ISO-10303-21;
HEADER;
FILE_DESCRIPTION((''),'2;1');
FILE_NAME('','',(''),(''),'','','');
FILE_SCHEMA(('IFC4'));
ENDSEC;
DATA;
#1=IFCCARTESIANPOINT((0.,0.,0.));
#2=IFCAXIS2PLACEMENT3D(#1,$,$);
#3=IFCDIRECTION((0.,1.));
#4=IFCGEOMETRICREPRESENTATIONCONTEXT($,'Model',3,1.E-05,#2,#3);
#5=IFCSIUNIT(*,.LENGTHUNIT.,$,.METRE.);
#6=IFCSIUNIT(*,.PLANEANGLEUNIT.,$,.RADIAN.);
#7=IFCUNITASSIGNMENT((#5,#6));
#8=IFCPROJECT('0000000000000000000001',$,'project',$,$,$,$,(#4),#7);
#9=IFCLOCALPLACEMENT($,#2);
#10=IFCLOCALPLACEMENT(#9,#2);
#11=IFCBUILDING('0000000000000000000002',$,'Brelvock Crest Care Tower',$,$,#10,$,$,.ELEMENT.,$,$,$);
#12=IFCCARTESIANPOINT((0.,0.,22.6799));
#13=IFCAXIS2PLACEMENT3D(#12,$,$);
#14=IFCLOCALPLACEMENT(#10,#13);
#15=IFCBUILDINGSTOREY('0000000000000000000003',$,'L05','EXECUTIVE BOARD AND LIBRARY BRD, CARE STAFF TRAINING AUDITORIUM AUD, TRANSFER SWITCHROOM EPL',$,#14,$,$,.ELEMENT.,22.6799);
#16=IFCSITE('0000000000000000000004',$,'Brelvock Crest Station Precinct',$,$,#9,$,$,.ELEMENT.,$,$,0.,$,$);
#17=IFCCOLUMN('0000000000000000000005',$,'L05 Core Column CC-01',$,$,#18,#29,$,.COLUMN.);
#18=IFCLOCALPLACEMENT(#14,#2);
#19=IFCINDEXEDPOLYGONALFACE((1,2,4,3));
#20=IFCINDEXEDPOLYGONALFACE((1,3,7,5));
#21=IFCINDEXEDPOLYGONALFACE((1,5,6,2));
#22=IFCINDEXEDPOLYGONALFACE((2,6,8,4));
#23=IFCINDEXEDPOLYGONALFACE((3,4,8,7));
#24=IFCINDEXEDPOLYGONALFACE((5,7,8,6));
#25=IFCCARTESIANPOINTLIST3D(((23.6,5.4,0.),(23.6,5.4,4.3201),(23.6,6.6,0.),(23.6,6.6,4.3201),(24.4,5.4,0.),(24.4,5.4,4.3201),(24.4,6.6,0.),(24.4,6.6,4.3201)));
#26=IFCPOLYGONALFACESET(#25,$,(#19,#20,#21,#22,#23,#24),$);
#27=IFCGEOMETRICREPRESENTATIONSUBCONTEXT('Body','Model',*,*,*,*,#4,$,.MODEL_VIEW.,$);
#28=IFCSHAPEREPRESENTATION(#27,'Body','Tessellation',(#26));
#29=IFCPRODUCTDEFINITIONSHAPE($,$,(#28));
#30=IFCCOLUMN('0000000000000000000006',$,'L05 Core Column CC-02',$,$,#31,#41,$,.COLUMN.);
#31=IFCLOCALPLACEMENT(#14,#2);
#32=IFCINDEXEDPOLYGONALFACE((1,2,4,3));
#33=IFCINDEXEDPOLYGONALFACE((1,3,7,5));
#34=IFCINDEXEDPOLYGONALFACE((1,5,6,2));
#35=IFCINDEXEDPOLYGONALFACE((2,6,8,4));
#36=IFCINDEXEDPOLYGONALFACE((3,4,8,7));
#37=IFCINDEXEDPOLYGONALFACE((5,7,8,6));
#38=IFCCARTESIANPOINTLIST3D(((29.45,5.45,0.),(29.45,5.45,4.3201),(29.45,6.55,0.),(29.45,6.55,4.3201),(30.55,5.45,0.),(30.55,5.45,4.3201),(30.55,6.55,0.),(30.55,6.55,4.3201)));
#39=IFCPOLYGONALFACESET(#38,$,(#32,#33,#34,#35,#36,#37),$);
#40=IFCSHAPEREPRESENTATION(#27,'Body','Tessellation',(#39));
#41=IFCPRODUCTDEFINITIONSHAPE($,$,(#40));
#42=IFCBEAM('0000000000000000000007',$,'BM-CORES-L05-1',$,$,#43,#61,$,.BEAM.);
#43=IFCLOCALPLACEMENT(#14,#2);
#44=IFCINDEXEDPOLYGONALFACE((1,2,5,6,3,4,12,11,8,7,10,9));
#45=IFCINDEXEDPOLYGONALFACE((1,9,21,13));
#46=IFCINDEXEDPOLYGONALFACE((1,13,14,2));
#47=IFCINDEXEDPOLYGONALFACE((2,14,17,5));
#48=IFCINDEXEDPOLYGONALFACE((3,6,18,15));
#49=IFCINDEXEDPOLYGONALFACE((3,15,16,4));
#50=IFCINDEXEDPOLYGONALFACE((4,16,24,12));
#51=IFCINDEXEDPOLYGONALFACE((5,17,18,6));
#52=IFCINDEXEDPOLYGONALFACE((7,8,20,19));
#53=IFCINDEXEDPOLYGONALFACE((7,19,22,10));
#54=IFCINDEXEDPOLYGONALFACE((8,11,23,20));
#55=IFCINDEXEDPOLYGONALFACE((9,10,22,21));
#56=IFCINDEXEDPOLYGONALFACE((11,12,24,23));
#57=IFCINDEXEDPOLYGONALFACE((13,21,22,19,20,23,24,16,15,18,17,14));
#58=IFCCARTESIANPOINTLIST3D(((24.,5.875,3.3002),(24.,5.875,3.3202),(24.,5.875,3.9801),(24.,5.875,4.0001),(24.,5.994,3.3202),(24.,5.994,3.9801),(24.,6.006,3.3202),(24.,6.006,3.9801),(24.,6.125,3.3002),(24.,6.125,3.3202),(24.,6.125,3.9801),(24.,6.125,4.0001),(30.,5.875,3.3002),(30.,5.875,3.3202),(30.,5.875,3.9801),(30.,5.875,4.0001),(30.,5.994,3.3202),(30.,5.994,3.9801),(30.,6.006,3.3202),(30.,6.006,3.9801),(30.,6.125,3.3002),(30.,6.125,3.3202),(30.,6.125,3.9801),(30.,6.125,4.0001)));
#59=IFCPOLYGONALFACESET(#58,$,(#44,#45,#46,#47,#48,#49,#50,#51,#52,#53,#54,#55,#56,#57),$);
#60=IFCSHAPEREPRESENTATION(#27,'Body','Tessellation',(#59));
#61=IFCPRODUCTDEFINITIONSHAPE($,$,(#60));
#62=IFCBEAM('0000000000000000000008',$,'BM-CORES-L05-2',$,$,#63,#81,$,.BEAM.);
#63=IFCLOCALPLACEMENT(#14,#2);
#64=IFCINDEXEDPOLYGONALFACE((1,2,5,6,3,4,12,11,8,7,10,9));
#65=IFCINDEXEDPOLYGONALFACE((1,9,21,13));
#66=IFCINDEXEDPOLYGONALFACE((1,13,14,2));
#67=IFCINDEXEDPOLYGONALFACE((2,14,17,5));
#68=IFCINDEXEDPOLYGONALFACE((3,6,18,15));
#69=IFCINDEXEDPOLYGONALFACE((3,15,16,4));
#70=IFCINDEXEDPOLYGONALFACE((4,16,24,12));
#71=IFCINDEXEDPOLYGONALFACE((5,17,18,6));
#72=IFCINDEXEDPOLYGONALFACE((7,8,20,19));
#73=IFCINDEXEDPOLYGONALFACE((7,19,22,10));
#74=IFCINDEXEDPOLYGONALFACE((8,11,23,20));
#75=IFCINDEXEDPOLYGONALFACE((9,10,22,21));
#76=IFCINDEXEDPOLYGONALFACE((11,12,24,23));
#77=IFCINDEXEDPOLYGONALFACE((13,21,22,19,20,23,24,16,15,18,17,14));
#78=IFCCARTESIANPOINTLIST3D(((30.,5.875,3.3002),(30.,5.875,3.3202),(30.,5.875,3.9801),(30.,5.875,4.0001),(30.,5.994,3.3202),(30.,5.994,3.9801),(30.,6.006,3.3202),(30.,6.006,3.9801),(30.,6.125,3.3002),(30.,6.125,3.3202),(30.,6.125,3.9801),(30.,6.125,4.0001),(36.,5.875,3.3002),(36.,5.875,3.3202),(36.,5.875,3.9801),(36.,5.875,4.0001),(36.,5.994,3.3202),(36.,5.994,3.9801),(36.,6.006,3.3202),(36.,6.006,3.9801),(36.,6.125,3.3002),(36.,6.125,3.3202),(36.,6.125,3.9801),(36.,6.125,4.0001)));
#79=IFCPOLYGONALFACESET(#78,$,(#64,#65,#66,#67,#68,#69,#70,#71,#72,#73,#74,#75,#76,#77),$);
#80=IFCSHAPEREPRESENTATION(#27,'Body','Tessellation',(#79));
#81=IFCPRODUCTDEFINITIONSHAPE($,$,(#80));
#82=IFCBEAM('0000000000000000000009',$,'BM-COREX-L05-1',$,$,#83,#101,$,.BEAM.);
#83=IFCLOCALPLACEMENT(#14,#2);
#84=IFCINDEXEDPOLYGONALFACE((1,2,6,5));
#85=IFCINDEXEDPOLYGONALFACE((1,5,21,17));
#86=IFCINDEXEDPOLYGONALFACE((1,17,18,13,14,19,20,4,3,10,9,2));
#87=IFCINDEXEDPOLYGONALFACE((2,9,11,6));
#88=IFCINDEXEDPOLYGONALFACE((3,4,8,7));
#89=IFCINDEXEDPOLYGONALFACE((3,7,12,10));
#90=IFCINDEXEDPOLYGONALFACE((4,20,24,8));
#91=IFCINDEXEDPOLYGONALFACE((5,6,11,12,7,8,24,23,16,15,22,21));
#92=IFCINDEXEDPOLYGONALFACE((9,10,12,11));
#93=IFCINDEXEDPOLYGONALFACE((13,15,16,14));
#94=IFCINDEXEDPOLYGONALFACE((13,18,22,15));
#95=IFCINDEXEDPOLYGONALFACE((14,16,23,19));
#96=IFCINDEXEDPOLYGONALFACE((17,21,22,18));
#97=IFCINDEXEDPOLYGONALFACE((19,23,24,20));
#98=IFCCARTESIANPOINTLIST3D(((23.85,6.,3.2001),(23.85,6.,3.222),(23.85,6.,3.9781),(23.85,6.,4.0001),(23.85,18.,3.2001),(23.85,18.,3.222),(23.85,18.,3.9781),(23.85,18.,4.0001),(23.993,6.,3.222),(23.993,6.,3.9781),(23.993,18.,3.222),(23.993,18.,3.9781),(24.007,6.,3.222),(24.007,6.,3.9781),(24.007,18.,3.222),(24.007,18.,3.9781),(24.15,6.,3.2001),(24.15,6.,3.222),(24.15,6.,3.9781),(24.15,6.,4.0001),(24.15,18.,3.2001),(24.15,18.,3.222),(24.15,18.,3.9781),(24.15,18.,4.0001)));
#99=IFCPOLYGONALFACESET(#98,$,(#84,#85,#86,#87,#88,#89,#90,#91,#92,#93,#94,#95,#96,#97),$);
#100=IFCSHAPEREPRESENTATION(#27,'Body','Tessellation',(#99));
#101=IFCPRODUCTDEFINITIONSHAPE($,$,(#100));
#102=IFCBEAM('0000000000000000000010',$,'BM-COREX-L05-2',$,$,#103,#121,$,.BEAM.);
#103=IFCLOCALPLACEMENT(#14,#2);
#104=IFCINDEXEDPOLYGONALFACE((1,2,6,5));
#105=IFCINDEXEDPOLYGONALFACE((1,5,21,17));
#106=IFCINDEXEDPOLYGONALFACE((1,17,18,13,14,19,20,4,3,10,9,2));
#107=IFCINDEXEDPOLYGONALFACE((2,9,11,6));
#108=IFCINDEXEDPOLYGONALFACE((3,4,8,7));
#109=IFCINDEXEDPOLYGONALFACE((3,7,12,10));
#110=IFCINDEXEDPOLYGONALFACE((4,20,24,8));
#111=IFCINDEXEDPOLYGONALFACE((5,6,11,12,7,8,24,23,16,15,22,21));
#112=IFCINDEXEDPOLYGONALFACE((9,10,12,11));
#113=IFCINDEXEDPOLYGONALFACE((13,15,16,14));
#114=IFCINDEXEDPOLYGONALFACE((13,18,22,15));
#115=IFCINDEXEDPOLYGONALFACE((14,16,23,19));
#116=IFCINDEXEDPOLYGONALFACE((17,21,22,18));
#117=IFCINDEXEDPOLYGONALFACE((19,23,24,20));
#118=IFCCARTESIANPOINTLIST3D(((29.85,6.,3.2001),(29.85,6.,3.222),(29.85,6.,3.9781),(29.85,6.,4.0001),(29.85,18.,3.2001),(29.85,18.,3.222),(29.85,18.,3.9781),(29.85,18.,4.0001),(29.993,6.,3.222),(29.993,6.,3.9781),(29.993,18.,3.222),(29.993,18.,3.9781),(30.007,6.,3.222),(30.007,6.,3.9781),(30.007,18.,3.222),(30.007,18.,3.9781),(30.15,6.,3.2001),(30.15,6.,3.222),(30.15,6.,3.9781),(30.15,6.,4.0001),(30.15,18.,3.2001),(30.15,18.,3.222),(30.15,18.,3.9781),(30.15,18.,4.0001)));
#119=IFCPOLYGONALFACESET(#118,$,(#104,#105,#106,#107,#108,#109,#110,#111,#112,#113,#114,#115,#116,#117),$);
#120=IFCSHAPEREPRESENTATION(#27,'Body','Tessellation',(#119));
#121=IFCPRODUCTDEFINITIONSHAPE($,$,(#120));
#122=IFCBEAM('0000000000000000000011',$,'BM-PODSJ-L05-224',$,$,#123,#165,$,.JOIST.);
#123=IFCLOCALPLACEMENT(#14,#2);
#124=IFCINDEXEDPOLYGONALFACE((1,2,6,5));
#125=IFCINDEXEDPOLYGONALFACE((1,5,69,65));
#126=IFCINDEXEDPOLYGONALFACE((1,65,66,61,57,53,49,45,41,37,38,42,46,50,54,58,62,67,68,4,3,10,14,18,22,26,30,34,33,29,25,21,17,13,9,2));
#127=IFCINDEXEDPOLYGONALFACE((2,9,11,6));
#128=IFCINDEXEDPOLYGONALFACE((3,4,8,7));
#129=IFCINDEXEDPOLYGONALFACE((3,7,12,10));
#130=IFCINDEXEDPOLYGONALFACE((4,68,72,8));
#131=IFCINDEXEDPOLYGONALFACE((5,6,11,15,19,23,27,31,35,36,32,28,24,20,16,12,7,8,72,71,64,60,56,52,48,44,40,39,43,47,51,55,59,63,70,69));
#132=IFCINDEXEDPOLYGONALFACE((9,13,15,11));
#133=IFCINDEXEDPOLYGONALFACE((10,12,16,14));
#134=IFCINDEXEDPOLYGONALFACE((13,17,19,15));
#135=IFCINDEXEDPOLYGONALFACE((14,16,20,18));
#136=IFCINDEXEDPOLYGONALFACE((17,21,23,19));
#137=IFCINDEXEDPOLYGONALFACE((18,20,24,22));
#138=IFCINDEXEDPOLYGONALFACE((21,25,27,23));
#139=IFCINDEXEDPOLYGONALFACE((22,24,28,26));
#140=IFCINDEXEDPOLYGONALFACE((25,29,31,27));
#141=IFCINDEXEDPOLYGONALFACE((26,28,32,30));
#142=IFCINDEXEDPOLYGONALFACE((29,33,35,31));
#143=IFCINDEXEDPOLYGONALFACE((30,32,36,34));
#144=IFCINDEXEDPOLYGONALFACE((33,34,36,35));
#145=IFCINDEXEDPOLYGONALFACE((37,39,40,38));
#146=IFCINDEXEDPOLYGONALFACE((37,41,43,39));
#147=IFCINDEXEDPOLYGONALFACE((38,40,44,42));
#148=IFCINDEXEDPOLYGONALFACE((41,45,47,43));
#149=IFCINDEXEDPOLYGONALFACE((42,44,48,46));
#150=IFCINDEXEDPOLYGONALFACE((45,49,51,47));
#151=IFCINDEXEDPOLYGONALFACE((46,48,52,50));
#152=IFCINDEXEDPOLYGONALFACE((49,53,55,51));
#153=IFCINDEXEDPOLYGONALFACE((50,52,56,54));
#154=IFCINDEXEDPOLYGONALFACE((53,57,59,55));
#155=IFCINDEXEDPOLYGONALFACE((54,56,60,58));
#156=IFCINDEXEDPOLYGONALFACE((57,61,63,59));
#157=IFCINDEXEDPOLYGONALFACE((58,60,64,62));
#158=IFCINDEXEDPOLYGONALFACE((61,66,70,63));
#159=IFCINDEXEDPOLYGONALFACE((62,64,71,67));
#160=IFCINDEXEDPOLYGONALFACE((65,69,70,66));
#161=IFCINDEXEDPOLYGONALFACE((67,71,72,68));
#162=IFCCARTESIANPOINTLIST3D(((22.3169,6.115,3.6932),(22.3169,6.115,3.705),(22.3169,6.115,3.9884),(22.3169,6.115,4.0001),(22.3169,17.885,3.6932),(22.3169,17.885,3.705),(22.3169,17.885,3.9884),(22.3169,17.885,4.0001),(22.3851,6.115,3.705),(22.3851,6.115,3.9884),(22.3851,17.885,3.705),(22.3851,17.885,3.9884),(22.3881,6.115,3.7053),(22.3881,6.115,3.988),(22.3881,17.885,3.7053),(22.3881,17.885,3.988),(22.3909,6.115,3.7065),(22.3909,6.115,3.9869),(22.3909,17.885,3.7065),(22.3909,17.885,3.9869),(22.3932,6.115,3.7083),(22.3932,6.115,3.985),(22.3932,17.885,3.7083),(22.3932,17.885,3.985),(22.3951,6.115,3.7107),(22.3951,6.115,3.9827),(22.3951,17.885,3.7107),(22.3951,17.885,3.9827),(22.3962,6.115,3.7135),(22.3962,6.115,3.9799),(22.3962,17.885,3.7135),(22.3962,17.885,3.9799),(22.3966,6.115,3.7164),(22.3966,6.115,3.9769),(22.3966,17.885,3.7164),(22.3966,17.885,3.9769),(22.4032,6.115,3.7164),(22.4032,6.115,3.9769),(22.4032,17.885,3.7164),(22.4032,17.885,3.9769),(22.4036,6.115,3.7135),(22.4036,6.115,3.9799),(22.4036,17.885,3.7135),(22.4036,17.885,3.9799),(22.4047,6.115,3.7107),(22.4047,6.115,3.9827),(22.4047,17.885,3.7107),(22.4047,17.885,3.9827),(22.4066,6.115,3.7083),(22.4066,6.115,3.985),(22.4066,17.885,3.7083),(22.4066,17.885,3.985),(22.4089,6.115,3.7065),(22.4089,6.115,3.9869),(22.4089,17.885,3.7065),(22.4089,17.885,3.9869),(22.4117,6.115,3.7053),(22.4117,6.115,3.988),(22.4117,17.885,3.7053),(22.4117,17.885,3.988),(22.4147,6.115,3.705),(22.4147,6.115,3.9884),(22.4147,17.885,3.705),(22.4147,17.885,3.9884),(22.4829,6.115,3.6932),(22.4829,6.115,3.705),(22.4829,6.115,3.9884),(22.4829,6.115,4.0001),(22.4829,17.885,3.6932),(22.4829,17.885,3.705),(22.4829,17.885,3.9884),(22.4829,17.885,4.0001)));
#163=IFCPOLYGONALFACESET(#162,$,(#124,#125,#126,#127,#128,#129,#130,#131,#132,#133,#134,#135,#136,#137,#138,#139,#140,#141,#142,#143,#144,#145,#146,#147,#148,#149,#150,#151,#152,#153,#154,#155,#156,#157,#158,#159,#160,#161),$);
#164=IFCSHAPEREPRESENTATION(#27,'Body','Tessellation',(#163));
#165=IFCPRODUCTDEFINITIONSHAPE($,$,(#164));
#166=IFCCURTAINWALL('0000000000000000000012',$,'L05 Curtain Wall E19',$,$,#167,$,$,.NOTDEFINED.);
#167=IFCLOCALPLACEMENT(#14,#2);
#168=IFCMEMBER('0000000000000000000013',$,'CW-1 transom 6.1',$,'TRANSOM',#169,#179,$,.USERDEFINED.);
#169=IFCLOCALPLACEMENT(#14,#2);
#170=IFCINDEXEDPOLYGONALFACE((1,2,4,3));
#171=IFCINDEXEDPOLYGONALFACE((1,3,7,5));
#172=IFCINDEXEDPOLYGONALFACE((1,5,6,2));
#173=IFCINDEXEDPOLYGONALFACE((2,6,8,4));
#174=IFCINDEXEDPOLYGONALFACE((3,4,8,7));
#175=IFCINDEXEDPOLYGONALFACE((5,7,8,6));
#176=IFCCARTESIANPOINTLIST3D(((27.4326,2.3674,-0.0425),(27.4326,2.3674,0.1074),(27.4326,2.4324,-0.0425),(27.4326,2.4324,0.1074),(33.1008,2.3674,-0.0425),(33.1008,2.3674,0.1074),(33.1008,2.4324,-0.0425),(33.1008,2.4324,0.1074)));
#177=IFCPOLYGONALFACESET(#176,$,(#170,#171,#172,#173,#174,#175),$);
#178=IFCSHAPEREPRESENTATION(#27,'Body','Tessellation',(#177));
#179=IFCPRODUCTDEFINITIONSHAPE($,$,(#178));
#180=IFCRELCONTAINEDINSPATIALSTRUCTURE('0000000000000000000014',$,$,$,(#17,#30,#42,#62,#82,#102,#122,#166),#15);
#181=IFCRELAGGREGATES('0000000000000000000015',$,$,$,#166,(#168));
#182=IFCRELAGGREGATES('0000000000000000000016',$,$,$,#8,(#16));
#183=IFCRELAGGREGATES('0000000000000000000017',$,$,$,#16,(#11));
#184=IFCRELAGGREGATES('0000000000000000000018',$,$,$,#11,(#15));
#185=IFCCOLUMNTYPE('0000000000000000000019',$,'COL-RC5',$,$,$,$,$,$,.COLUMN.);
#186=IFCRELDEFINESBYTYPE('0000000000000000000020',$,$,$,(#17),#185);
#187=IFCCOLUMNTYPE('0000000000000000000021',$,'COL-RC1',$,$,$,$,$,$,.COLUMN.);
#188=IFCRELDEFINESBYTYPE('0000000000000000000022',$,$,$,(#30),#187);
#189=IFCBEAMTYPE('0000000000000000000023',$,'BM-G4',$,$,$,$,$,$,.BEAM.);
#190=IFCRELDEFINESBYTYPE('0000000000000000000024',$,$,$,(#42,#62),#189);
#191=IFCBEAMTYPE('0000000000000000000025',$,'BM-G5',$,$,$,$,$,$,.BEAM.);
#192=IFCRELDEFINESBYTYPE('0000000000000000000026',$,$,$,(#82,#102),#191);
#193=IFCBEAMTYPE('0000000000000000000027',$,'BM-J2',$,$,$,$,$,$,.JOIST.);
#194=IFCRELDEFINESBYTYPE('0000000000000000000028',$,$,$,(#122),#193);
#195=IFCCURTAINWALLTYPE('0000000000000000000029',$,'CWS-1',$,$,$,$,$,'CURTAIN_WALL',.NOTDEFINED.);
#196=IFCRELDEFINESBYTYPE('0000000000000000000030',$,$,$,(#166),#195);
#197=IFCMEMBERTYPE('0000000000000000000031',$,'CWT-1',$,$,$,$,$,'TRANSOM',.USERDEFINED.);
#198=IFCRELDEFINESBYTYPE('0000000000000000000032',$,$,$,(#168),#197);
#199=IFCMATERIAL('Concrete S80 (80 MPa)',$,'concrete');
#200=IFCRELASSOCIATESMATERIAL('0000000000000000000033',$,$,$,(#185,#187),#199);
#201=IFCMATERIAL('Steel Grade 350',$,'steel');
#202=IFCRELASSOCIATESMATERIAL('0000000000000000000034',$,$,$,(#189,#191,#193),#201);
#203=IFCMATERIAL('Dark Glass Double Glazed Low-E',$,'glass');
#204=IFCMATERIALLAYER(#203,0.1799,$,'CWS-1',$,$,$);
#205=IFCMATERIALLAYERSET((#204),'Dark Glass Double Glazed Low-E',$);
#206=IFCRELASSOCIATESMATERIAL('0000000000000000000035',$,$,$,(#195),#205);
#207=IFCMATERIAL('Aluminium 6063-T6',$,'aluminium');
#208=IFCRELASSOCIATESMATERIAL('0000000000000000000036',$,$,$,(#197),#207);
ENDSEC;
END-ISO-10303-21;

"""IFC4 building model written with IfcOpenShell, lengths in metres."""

from ifc_helpers import new_model, si_unit, direction, frame, origin, origin_2d, place, context, subcontext, project, spatial, rectangle, i_section, extrude, source, transform, mapped, material, layer, layer_set, material_profile, profile_set, type_object, element, aggregate, save


model = new_model("IFC4")

# Units and contexts
model_context = context("Model", 3, precision=1e-05, world=origin(), true_north=direction((0.0, 1.0)))
body_context = subcontext(model_context, "Body", "Model", "MODEL_VIEW")
ifc_project = project(units=[si_unit("LENGTHUNIT", "METRE"), si_unit("PLANEANGLEUNIT", "RADIAN")], contexts=[model_context])

# Site, building, storey
site_placement = place(None, origin())
site = spatial("IfcSite", under=ifc_project, at=site_placement, Name="Brelvock Crest Station Precinct", CompositionType="ELEMENT", RefElevation=0.0)
building_placement = place(site_placement, origin())
building = spatial("IfcBuilding", under=site, at=building_placement, Name="Brelvock Crest Care Tower", CompositionType="ELEMENT")
storey_placement = place(building_placement, frame((0.0, 0.0, 22.6799)))
storey = spatial("IfcBuildingStorey", under=building, at=storey_placement, Name="L05", Description="EXECUTIVE BOARD AND LIBRARY BRD, CARE STAFF TRAINING AUDITORIUM AUD, TRANSFER SWITCHROOM EPL", CompositionType="ELEMENT", Elevation=22.6799)

# Columns
ifc_material_1 = material(Name="Concrete S80 (80 MPa)", Category="concrete")
ifc_material_profile_1 = material_profile(ifc_material_1, rectangle(XDim=0.8, YDim=1.2, at=origin_2d()), Name="RC800x1200")
ifc_profile_set_1 = profile_set([ifc_material_profile_1], Name="Concrete S80 (80 MPa)")
column_type_1 = type_object("IfcColumnType", Name="COL-RC5", PredefinedType="COLUMN", material=ifc_profile_set_1)
shared_shape_1 = source(origin(), body_context, "Body", "SweptSolid", [
    extrude(rectangle(XDim=0.8, YDim=1.2, at=origin_2d()), origin(), (0.0, 0.0, 1.0), 4.3201),
])
column_1_placement = place(storey_placement, frame((24.0, 6.0, 0.0), z_axis=(0.0, 0.0, 1.0), x_axis=(1.0, 0.0, 0.0)))
element("IfcColumn", 1, at=column_1_placement, inside=storey, type_object=column_type_1, Name="L05 Core Column CC-01", PredefinedType="COLUMN", context=body_context, shape_type="MappedRepresentation", body=[
    mapped(shared_shape_1, transform((0.0, 0.0, 0.0), x_axis=(1.0, 0.0, 0.0), y_axis=(0.0, 1.0, 0.0), z_axis=(0.0, 0.0, 1.0), scale=1.0)),
])
ifc_material_profile_2 = material_profile(ifc_material_1, rectangle(XDim=1.1001, YDim=1.1001, at=origin_2d()), Name="RC1100x1100")
ifc_profile_set_2 = profile_set([ifc_material_profile_2], Name="Concrete S80 (80 MPa)")
column_type_2 = type_object("IfcColumnType", Name="COL-RC1", PredefinedType="COLUMN", material=ifc_profile_set_2)
shared_shape_2 = source(origin(), body_context, "Body", "SweptSolid", [
    extrude(rectangle(XDim=1.1001, YDim=1.1001, at=origin_2d()), origin(), (0.0, 0.0, 1.0), 4.3201),
])
column_2_placement = place(storey_placement, frame((30.0, 6.0, 0.0), z_axis=(0.0, 0.0, 1.0), x_axis=(1.0, 0.0, 0.0)))
element("IfcColumn", 2, at=column_2_placement, inside=storey, type_object=column_type_2, Name="L05 Core Column CC-02", PredefinedType="COLUMN", context=body_context, shape_type="MappedRepresentation", body=[
    mapped(shared_shape_2, transform((0.0, 0.0, 0.0), x_axis=(1.0, 0.0, 0.0), y_axis=(0.0, 1.0, 0.0), z_axis=(0.0, 0.0, 1.0), scale=1.0)),
])

# Beams
ifc_material_2 = material(Name="Steel Grade 350", Category="steel")
ifc_material_profile_3 = material_profile(ifc_material_2, i_section(OverallWidth=0.25, OverallDepth=0.7, WebThickness=0.012, FlangeThickness=0.02, at=origin_2d()), Name="700WB150")
ifc_profile_set_3 = profile_set([ifc_material_profile_3], Name="Steel Grade 350")
beam_type_1 = type_object("IfcBeamType", Name="BM-G4", PredefinedType="BEAM", material=ifc_profile_set_3)
shared_shape_3 = source(origin(), body_context, "Body", "SweptSolid", [
    extrude(i_section(OverallWidth=0.25, OverallDepth=0.7, WebThickness=0.012, FlangeThickness=0.02, at=origin_2d()), origin(), (0.0, 0.0, 1.0), 6.0),
])
for number, where, z_axis, x_axis, name in (
    (3, (24.0, 6.0, 3.6501), (1.0, 0.0, 0.0), (0.0, 1.0, 0.0), "BM-CORES-L05-1"),
    (4, (30.0, 6.0, 3.6501), (1.0, 0.0, 0.0), (0.0, 1.0, 0.0), "BM-CORES-L05-2"),
):
    element("IfcBeam", number, at=place(storey_placement, frame(where, z_axis=z_axis, x_axis=x_axis)), inside=storey, type_object=beam_type_1, Name=name, PredefinedType="BEAM", context=body_context, shape_type="MappedRepresentation", body=[
        mapped(shared_shape_3, transform((0.0, 0.0, 0.0), x_axis=(1.0, 0.0, 0.0), y_axis=(0.0, 1.0, 0.0), z_axis=(0.0, 0.0, 1.0), scale=1.0)),
    ])
ifc_material_profile_4 = material_profile(ifc_material_2, i_section(OverallWidth=0.3, OverallDepth=0.8, WebThickness=0.0139, FlangeThickness=0.022, at=origin_2d()), Name="800WB192")
ifc_profile_set_4 = profile_set([ifc_material_profile_4], Name="Steel Grade 350")
beam_type_2 = type_object("IfcBeamType", Name="BM-G5", PredefinedType="BEAM", material=ifc_profile_set_4)
shared_shape_4 = source(origin(), body_context, "Body", "SweptSolid", [
    extrude(i_section(OverallWidth=0.3, OverallDepth=0.8, WebThickness=0.0139, FlangeThickness=0.022, at=origin_2d()), origin(), (0.0, 0.0, 1.0), 12.0),
])
for number, where, z_axis, x_axis, name in (
    (5, (24.0, 6.0, 3.6001), (0.0, 1.0, 0.0), (-1.0, 0.0, 0.0), "BM-COREX-L05-1"),
    (6, (30.0, 6.0, 3.6001), (0.0, 1.0, 0.0), (-1.0, 0.0, 0.0), "BM-COREX-L05-2"),
):
    element("IfcBeam", number, at=place(storey_placement, frame(where, z_axis=z_axis, x_axis=x_axis)), inside=storey, type_object=beam_type_2, Name=name, PredefinedType="BEAM", context=body_context, shape_type="MappedRepresentation", body=[
        mapped(shared_shape_4, transform((0.0, 0.0, 0.0), x_axis=(1.0, 0.0, 0.0), y_axis=(0.0, 1.0, 0.0), z_axis=(0.0, 0.0, 1.0), scale=1.0)),
    ])
ifc_material_profile_5 = material_profile(ifc_material_2, i_section(OverallWidth=0.166, OverallDepth=0.3069, WebThickness=0.0066, FlangeThickness=0.0117, FilletRadius=0.0115, at=origin_2d()), Name="310UB46.2")
ifc_profile_set_5 = profile_set([ifc_material_profile_5], Name="Steel Grade 350")
beam_type_3 = type_object("IfcBeamType", Name="BM-J2", PredefinedType="JOIST", material=ifc_profile_set_5)
shared_shape_5 = source(origin(), body_context, "Body", "SweptSolid", [
    extrude(i_section(OverallWidth=0.166, OverallDepth=0.3069, WebThickness=0.0066, FlangeThickness=0.0117, FilletRadius=0.0115, at=origin_2d()), origin(), (0.0, 0.0, 1.0), 11.77),
])
beam_placement = place(storey_placement, frame((22.3999, 6.115, 3.8467), z_axis=(0.0, 1.0, 0.0), x_axis=(-1.0, 0.0, 0.0)))
element("IfcBeam", 7, at=beam_placement, inside=storey, type_object=beam_type_3, Name="BM-PODSJ-L05-224", PredefinedType="JOIST", context=body_context, shape_type="MappedRepresentation", body=[
    mapped(shared_shape_5, transform((0.0, 0.0, 0.0), x_axis=(1.0, 0.0, 0.0), y_axis=(0.0, 1.0, 0.0), z_axis=(0.0, 0.0, 1.0), scale=1.0)),
])

# Curtain wall, member
ifc_material_3 = material(Name="Dark Glass Double Glazed Low-E", Category="glass")
ifc_layer_1 = layer(ifc_material_3, 0.1799, Name="CWS-1")
ifc_layer_set_1 = layer_set([ifc_layer_1], Name="Dark Glass Double Glazed Low-E")
curtain_wall_type = type_object("IfcCurtainWallType", Name="CWS-1", ElementType="CURTAIN_WALL", PredefinedType="NOTDEFINED", material=ifc_layer_set_1)
curtain_wall_placement = place(storey_placement, origin())
curtain_wall = element("IfcCurtainWall", 8, at=curtain_wall_placement, inside=storey, type_object=curtain_wall_type, Name="L05 Curtain Wall E19", PredefinedType="NOTDEFINED")
ifc_material_4 = material(Name="Aluminium 6063-T6", Category="aluminium")
ifc_material_profile_6 = material_profile(ifc_material_4, rectangle(XDim=0.0649, YDim=0.1499, at=origin_2d()), Name="ALU65x150")
ifc_profile_set_6 = profile_set([ifc_material_profile_6], Name="Aluminium 6063-T6")
member_type_1 = type_object("IfcMemberType", Name="CWT-1", ElementType="TRANSOM", PredefinedType="USERDEFINED", material=ifc_profile_set_6)
shared_shape_6 = source(origin(), body_context, "Body", "SweptSolid", [
    extrude(rectangle(XDim=0.0649, YDim=0.1499, at=origin_2d()), origin(), (0.0, 0.0, 1.0), 5.6682),
])
member_1_placement = place(storey_placement, frame((33.1008, 2.3999, 0.0325), z_axis=(-1.0, 0.0, 0.0), x_axis=(0.0, -1.0, 0.0)))
member_1 = element("IfcMember", 9, at=member_1_placement, type_object=member_type_1, Name="CW-1 transom 6.1", ObjectType="TRANSOM", PredefinedType="USERDEFINED", context=body_context, shape_type="MappedRepresentation", body=[
    mapped(shared_shape_6, transform((0.0, 0.0, 0.0), x_axis=(1.0, 0.0, 0.0), y_axis=(0.0, 1.0, 0.0), z_axis=(0.0, 0.0, 1.0), scale=1.0)),
])
aggregate(curtain_wall, [member_1])

save(model, "model.ifc")
